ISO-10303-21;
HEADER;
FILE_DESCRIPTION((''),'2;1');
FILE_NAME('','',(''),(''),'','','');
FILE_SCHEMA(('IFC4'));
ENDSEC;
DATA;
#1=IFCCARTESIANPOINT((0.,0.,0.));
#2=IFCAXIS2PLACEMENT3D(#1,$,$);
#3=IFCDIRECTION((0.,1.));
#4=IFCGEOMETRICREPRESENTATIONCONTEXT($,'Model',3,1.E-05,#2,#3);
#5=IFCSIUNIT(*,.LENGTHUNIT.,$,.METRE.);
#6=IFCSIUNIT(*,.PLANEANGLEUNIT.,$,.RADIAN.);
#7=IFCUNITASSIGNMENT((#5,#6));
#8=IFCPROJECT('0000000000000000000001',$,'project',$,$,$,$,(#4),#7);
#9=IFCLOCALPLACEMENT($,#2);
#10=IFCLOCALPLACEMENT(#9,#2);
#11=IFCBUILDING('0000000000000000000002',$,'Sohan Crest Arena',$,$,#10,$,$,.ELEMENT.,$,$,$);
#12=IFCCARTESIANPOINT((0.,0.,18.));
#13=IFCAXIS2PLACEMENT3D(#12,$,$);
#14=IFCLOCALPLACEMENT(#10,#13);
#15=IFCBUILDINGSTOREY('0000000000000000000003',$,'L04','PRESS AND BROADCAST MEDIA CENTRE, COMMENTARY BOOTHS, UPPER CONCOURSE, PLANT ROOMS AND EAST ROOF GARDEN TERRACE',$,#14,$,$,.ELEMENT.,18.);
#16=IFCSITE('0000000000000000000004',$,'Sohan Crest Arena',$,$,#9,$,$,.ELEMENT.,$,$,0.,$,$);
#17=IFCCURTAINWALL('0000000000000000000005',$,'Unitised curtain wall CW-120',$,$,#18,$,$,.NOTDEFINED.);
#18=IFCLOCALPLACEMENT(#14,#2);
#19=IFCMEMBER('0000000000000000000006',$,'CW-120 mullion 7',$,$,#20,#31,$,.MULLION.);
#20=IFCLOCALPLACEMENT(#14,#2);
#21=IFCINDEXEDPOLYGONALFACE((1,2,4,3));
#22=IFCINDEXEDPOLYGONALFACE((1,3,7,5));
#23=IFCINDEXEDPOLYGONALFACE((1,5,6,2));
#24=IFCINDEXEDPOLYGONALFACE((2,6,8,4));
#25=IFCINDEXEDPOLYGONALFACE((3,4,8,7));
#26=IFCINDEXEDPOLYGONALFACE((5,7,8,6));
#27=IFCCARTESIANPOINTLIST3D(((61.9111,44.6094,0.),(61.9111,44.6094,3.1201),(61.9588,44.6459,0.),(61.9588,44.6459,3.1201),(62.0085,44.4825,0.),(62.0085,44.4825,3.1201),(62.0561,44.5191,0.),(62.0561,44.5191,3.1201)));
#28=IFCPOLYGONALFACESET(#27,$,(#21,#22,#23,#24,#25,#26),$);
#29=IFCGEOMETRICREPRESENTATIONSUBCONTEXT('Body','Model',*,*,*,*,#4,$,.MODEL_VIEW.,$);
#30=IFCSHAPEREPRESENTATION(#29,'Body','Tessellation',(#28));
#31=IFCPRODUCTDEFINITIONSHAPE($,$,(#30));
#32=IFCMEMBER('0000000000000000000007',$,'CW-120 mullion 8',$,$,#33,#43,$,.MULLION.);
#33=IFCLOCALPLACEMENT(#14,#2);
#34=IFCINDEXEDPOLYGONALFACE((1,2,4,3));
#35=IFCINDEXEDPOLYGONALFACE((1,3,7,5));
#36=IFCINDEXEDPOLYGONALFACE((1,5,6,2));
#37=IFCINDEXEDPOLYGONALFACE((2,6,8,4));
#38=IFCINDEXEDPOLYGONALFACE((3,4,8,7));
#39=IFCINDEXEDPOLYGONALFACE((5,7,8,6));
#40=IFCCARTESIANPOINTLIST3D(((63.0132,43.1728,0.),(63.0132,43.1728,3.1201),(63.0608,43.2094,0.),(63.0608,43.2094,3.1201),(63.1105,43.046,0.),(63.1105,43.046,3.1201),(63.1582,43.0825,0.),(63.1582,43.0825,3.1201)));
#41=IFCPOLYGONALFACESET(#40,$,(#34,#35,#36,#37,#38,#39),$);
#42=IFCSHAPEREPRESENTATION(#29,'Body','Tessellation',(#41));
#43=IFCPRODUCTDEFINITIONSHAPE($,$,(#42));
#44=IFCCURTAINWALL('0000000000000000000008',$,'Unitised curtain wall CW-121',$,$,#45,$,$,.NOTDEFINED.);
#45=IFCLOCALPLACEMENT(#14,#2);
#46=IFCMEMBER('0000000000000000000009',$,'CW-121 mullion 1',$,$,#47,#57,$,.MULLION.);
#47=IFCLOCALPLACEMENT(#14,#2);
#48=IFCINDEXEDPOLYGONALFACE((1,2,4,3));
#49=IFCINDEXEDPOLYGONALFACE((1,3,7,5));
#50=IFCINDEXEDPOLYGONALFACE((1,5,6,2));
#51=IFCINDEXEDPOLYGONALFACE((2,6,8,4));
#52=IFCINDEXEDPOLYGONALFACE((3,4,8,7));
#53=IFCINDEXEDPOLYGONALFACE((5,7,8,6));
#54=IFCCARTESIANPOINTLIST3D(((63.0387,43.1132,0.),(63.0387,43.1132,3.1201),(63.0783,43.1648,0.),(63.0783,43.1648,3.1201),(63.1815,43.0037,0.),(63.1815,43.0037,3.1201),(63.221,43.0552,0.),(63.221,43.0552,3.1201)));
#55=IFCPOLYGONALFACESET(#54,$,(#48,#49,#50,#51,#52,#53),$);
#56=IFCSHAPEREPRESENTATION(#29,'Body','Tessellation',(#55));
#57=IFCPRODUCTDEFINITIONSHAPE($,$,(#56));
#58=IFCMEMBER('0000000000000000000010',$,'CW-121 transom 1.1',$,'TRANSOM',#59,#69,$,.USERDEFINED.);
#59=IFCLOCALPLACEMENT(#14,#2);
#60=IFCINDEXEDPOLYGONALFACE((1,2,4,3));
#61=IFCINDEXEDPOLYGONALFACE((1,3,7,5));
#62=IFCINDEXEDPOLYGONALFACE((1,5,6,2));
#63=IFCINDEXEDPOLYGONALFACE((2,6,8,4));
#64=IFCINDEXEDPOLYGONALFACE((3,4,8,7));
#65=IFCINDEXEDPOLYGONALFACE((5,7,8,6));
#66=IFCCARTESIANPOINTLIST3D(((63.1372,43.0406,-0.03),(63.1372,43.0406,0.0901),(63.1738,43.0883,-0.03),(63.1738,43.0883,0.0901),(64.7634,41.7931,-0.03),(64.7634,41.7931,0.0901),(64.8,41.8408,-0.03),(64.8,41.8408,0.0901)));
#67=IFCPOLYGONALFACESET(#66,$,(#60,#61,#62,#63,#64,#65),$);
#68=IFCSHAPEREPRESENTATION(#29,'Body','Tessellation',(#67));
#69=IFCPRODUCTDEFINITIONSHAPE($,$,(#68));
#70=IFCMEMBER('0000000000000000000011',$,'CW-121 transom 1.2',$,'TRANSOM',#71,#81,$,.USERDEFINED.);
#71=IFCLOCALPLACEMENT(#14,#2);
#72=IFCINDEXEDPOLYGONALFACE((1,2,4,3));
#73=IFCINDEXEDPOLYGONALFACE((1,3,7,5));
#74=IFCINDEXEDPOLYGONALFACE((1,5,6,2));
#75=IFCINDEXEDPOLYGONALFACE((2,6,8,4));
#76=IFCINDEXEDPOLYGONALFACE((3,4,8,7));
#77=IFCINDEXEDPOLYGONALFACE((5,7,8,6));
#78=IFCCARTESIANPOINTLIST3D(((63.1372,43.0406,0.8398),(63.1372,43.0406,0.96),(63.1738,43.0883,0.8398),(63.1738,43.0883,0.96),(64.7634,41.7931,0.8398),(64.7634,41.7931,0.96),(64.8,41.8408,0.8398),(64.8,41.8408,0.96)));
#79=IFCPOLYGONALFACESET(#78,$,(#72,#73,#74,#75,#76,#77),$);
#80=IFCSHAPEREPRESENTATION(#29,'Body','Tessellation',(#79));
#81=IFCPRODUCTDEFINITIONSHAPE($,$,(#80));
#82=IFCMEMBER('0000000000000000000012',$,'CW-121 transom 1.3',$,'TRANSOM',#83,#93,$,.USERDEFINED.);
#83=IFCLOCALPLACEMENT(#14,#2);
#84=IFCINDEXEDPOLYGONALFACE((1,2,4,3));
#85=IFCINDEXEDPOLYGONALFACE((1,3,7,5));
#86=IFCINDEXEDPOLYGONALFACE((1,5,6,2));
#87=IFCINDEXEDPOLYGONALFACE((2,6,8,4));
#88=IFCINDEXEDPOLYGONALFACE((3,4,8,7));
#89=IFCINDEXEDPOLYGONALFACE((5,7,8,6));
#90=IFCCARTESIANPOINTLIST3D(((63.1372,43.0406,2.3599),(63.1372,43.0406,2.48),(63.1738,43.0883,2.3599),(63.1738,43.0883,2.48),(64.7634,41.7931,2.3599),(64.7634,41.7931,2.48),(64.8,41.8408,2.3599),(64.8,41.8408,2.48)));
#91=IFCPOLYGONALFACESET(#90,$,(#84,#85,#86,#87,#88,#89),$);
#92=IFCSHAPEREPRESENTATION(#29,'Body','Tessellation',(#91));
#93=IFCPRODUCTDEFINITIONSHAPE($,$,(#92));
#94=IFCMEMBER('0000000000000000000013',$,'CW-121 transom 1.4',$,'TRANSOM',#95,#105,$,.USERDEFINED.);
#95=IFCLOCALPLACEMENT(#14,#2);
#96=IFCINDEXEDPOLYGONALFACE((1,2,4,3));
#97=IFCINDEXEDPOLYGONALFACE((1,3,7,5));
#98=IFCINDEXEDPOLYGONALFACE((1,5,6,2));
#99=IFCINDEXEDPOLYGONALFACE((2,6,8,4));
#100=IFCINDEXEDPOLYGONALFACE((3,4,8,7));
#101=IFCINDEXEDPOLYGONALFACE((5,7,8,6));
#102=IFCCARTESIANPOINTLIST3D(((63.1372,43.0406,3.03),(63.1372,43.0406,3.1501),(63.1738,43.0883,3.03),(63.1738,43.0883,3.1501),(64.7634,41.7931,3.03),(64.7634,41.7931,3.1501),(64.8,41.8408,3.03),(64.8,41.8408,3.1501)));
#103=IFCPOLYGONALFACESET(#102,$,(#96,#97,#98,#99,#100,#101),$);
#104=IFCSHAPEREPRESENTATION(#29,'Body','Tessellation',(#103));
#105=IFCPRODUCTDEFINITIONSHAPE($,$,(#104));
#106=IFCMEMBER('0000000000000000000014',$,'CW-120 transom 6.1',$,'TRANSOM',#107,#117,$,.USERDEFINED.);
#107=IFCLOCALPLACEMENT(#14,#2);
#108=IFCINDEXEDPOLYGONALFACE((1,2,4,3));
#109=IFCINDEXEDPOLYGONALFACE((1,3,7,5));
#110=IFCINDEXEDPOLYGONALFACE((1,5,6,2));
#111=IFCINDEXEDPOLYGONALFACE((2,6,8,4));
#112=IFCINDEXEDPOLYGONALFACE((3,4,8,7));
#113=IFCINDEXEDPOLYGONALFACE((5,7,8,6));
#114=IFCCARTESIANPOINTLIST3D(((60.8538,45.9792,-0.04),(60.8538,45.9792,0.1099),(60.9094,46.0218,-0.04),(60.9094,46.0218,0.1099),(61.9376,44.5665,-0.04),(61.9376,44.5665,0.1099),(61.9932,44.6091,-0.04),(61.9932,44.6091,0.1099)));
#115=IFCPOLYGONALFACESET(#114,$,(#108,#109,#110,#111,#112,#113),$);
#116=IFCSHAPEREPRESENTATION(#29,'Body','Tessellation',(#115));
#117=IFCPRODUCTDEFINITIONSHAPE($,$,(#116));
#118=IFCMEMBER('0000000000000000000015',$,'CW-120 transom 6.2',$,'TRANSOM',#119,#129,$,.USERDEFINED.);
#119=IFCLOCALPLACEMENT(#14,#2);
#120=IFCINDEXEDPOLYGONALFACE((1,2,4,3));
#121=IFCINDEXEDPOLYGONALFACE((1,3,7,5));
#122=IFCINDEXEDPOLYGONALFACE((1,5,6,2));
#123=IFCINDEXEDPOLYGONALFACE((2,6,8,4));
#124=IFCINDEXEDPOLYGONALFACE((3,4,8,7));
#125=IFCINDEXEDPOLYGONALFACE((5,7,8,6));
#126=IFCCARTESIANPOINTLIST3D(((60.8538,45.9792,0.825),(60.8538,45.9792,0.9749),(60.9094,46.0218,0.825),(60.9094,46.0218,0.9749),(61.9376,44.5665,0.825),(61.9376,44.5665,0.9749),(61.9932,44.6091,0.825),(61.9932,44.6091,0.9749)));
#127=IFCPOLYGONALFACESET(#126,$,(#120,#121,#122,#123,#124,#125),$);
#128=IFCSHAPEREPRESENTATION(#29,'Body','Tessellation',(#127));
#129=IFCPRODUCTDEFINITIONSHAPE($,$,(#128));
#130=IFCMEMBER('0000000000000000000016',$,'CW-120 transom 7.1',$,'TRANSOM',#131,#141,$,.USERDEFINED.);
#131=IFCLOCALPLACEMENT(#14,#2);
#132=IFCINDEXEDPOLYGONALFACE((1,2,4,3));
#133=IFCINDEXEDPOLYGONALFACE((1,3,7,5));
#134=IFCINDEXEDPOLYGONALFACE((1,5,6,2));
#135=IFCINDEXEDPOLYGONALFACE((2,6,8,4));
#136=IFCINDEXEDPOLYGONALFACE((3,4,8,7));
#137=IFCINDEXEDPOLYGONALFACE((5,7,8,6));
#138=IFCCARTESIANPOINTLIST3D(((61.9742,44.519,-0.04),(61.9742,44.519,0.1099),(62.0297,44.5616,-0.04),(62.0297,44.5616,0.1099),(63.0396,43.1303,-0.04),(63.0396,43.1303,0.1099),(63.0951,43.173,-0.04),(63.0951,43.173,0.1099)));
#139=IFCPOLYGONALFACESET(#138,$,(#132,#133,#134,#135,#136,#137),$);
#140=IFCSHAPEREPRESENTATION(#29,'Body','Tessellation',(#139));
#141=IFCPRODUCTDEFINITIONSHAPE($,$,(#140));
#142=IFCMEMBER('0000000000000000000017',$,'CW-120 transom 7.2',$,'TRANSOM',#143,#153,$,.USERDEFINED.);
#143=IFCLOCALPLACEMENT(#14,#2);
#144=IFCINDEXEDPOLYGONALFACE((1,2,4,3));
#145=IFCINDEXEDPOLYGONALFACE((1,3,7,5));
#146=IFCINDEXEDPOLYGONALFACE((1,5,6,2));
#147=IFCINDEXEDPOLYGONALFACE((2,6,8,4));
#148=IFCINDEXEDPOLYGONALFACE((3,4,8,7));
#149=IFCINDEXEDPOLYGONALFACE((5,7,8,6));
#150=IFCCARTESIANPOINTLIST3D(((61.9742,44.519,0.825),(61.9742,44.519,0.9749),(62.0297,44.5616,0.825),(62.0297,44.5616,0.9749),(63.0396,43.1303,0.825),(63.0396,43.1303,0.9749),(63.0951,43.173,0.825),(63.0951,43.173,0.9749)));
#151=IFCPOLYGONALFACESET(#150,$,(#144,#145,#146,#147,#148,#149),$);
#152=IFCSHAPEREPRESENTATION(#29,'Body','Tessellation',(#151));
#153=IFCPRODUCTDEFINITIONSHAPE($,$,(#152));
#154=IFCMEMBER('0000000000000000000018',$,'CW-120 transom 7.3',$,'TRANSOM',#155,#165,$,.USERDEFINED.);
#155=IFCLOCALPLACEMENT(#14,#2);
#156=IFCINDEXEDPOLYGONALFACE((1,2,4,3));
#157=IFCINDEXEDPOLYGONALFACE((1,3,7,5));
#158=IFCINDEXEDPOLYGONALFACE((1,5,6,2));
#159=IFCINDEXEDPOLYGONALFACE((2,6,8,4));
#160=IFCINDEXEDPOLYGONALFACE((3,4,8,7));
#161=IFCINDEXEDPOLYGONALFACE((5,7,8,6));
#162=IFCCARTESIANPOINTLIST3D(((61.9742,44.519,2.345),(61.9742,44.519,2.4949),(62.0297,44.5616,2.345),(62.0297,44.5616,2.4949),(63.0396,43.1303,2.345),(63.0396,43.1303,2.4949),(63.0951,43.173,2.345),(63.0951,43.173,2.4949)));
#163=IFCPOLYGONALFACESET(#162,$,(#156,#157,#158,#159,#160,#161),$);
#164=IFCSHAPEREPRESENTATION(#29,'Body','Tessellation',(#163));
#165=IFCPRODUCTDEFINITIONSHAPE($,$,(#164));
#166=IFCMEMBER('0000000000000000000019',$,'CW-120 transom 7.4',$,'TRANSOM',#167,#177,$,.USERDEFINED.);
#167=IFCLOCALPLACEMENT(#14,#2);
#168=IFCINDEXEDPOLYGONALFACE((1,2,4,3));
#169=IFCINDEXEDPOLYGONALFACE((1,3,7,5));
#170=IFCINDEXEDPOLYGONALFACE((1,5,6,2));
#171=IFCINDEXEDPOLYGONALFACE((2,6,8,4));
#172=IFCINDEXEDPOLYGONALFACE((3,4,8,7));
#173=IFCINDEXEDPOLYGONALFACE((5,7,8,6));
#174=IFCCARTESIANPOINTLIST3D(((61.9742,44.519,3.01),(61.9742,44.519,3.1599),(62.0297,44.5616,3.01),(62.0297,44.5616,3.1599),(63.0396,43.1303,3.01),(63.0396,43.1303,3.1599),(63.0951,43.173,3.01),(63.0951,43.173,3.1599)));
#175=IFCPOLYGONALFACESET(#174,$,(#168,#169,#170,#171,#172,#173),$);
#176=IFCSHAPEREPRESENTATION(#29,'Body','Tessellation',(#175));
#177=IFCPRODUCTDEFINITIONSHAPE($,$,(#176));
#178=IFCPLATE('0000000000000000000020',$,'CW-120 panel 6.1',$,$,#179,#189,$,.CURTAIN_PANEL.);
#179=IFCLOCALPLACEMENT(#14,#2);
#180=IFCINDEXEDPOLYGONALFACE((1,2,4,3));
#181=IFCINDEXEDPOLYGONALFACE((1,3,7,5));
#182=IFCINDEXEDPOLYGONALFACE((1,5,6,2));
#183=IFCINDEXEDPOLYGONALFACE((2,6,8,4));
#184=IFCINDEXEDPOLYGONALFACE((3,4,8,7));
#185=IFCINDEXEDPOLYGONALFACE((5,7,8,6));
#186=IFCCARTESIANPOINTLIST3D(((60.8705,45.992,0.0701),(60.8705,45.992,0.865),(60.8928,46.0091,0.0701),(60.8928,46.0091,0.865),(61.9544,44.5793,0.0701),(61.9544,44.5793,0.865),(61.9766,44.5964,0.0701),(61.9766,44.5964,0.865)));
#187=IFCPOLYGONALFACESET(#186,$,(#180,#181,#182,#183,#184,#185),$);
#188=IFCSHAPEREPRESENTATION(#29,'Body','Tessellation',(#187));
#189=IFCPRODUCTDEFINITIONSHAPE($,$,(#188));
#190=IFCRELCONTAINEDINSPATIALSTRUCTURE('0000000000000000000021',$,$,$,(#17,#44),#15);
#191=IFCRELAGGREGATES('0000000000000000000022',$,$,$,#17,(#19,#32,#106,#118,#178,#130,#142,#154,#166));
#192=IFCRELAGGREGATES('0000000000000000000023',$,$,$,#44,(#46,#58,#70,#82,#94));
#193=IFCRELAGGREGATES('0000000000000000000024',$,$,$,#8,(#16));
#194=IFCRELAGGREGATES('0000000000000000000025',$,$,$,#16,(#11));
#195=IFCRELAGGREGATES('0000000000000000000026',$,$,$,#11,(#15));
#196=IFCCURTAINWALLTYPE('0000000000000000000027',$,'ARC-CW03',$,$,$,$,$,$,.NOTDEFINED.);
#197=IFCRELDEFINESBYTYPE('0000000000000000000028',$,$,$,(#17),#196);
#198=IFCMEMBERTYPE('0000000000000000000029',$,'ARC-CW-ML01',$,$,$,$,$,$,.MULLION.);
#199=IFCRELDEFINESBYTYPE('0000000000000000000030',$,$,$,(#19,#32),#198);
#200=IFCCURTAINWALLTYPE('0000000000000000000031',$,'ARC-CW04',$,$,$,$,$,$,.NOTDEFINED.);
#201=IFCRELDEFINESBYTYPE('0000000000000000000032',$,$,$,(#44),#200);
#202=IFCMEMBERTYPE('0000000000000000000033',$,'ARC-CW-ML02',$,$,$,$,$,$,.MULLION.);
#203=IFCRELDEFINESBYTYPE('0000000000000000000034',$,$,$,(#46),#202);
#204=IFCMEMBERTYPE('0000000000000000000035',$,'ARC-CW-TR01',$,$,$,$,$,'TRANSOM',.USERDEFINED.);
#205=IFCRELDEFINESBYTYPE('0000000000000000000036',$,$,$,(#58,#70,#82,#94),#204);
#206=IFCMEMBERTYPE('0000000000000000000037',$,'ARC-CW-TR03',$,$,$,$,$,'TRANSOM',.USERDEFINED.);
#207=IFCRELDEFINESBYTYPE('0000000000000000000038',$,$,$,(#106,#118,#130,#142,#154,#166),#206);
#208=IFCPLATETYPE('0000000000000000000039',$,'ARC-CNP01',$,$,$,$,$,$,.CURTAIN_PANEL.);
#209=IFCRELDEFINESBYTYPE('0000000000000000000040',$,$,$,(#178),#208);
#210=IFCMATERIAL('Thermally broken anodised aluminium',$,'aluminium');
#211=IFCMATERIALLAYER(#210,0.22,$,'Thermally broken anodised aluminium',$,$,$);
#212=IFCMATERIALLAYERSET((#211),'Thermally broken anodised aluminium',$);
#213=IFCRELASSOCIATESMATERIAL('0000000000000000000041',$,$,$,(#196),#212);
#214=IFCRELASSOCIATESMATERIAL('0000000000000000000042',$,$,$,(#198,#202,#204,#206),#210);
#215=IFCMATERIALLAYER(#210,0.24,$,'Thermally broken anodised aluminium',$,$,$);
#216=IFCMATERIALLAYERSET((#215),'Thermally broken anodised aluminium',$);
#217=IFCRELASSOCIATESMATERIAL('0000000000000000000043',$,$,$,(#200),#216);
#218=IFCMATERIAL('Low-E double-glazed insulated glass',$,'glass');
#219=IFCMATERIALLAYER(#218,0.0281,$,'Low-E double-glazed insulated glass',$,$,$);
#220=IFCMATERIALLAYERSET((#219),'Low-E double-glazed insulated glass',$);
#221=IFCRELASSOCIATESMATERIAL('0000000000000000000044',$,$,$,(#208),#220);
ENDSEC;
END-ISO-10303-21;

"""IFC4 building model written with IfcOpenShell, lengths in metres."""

from ifc_helpers import new_model, si_unit, direction, frame, origin, origin_2d, place, context, subcontext, project, spatial, rectangle, extrude, material, layer, layer_set, material_profile, profile_set, type_object, element, aggregate, save


model = new_model("IFC4")

# Units and contexts
model_context = context("Model", 3, precision=1e-05, world=origin(), true_north=direction((0.0, 1.0)))
body_context = subcontext(model_context, "Body", "Model", "MODEL_VIEW")
ifc_project = project(units=[si_unit("LENGTHUNIT", "METRE"), si_unit("PLANEANGLEUNIT", "RADIAN")], contexts=[model_context])

# Site, building, storey
site_placement = place(None, origin())
site = spatial("IfcSite", under=ifc_project, at=site_placement, Name="Sohan Crest Arena", CompositionType="ELEMENT", RefElevation=0.0)
building_placement = place(site_placement, origin())
building = spatial("IfcBuilding", under=site, at=building_placement, Name="Sohan Crest Arena", CompositionType="ELEMENT")
storey_placement = place(building_placement, frame((0.0, 0.0, 18.0)))
storey = spatial("IfcBuildingStorey", under=building, at=storey_placement, Name="L04", Description="PRESS AND BROADCAST MEDIA CENTRE, COMMENTARY BOOTHS, UPPER CONCOURSE, PLANT ROOMS AND EAST ROOF GARDEN TERRACE", CompositionType="ELEMENT", Elevation=18.0)

# Curtain walls, members
ifc_material_1 = material(Name="Thermally broken anodised aluminium", Category="aluminium")
ifc_layer_1 = layer(ifc_material_1, 0.22, Name="Thermally broken anodised aluminium")
ifc_layer_set_1 = layer_set([ifc_layer_1], Name="Thermally broken anodised aluminium")
curtain_wall_type_1 = type_object("IfcCurtainWallType", Name="ARC-CW03", PredefinedType="NOTDEFINED", material=ifc_layer_set_1)
curtain_wall_1_placement = place(storey_placement, origin())
curtain_wall_1 = element("IfcCurtainWall", 1, at=curtain_wall_1_placement, inside=storey, type_object=curtain_wall_type_1, Name="Unitised curtain wall CW-120", PredefinedType="NOTDEFINED")
ifc_material_profile_1 = material_profile(ifc_material_1, rectangle(XDim=0.0601, YDim=0.1599, at=origin_2d()), Name="ALU-MULL 60x160")
ifc_profile_set_1 = profile_set([ifc_material_profile_1], Name="Thermally broken anodised aluminium")
member_type_1 = type_object("IfcMemberType", Name="ARC-CW-ML01", PredefinedType="MULLION", material=ifc_profile_set_1)
member_1_placement = place(storey_placement, frame((61.9836, 44.5642, 0.0), z_axis=(0.0, 0.0, 1.0), x_axis=(0.793385, 0.60872, 0.0)))
member_1 = element("IfcMember", 2, at=member_1_placement, type_object=member_type_1, Name="CW-120 mullion 7", PredefinedType="MULLION", context=body_context, shape_type="SweptSolid", body=[
    extrude(rectangle(XDim=0.0601, YDim=0.1599, at=origin_2d()), origin(), (0.0, 0.0, 1.0), 3.1201),
])
member_2_placement = place(storey_placement, frame((63.0857, 43.1277, 0.0), z_axis=(0.0, 0.0, 1.0), x_axis=(0.793385, 0.60872, 0.0)))
member_2 = element("IfcMember", 3, at=member_2_placement, type_object=member_type_1, Name="CW-120 mullion 8", PredefinedType="MULLION", context=body_context, shape_type="SweptSolid", body=[
    extrude(rectangle(XDim=0.0601, YDim=0.1599, at=origin_2d()), origin(), (0.0, 0.0, 1.0), 3.1201),
])
ifc_layer_2 = layer(ifc_material_1, 0.24, Name="Thermally broken anodised aluminium")
ifc_layer_set_2 = layer_set([ifc_layer_2], Name="Thermally broken anodised aluminium")
curtain_wall_type_2 = type_object("IfcCurtainWallType", Name="ARC-CW04", PredefinedType="NOTDEFINED", material=ifc_layer_set_2)
curtain_wall_2_placement = place(storey_placement, origin())
curtain_wall_2 = element("IfcCurtainWall", 4, at=curtain_wall_2_placement, inside=storey, type_object=curtain_wall_type_2, Name="Unitised curtain wall CW-121", PredefinedType="NOTDEFINED")
ifc_material_profile_2 = material_profile(ifc_material_1, rectangle(XDim=0.0649, YDim=0.1799, at=origin_2d()), Name="ALU-MULL 65x180")
ifc_profile_set_2 = profile_set([ifc_material_profile_2], Name="Thermally broken anodised aluminium")
member_type_2 = type_object("IfcMemberType", Name="ARC-CW-ML02", PredefinedType="MULLION", material=ifc_profile_set_2)
member_3_placement = place(storey_placement, frame((63.1299, 43.0842, 0.0), z_axis=(0.0, 0.0, 1.0), x_axis=(0.60872, 0.793385, 0.0)))
member_3 = element("IfcMember", 5, at=member_3_placement, type_object=member_type_2, Name="CW-121 mullion 1", PredefinedType="MULLION", context=body_context, shape_type="SweptSolid", body=[
    extrude(rectangle(XDim=0.0649, YDim=0.1799, at=origin_2d()), origin(), (0.0, 0.0, 1.0), 3.1201),
])
ifc_material_profile_3 = material_profile(ifc_material_1, rectangle(XDim=0.0601, YDim=0.1201, at=origin_2d()), Name="ALU-TRAN 60x120")
ifc_profile_set_3 = profile_set([ifc_material_profile_3], Name="Thermally broken anodised aluminium")
member_type_3 = type_object("IfcMemberType", Name="ARC-CW-TR01", ElementType="TRANSOM", PredefinedType="USERDEFINED", material=ifc_profile_set_3)
member_4_placement = place(storey_placement, frame((63.1555, 43.0645, 0.03), z_axis=(0.79342, -0.608674, 0.0), x_axis=(0.608674, 0.79342, 0.0)))
member_4 = element("IfcMember", 6, at=member_4_placement, type_object=member_type_3, Name="CW-121 transom 1.1", ObjectType="TRANSOM", PredefinedType="USERDEFINED", context=body_context, shape_type="SweptSolid", body=[
    extrude(rectangle(XDim=0.0601, YDim=0.1201, at=origin_2d()), origin(), (0.0, 0.0, 1.0), 2.0496),
])
member_5_placement = place(storey_placement, frame((63.1555, 43.0645, 0.8999), z_axis=(0.79342, -0.608674, 0.0), x_axis=(0.608674, 0.79342, 0.0)))
member_5 = element("IfcMember", 7, at=member_5_placement, type_object=member_type_3, Name="CW-121 transom 1.2", ObjectType="TRANSOM", PredefinedType="USERDEFINED", context=body_context, shape_type="SweptSolid", body=[
    extrude(rectangle(XDim=0.0601, YDim=0.1201, at=origin_2d()), origin(), (0.0, 0.0, 1.0), 2.0496),
])
member_6_placement = place(storey_placement, frame((63.1555, 43.0645, 2.4199), z_axis=(0.79342, -0.608674, 0.0), x_axis=(0.608674, 0.79342, 0.0)))
member_6 = element("IfcMember", 8, at=member_6_placement, type_object=member_type_3, Name="CW-121 transom 1.3", ObjectType="TRANSOM", PredefinedType="USERDEFINED", context=body_context, shape_type="SweptSolid", body=[
    extrude(rectangle(XDim=0.0601, YDim=0.1201, at=origin_2d()), origin(), (0.0, 0.0, 1.0), 2.0496),
])
member_7_placement = place(storey_placement, frame((63.1555, 43.0645, 3.0901), z_axis=(0.79342, -0.608674, 0.0), x_axis=(0.608674, 0.79342, 0.0)))
member_7 = element("IfcMember", 9, at=member_7_placement, type_object=member_type_3, Name="CW-121 transom 1.4", ObjectType="TRANSOM", PredefinedType="USERDEFINED", context=body_context, shape_type="SweptSolid", body=[
    extrude(rectangle(XDim=0.0601, YDim=0.1201, at=origin_2d()), origin(), (0.0, 0.0, 1.0), 2.0496),
])

# Members
ifc_material_profile_4 = material_profile(ifc_material_1, rectangle(XDim=0.0701, YDim=0.1499, at=origin_2d()), Name="ALU-TRAN 70x150")
ifc_profile_set_4 = profile_set([ifc_material_profile_4], Name="Thermally broken anodised aluminium")
member_type_4 = type_object("IfcMemberType", Name="ARC-CW-TR03", ElementType="TRANSOM", PredefinedType="USERDEFINED", material=ifc_profile_set_4)
member_8_placement = place(storey_placement, frame((60.8816, 46.0005, 0.0349), z_axis=(0.608696, -0.793403, 0.0), x_axis=(0.793403, 0.608696, 0.0)))
member_8 = element("IfcMember", 10, at=member_8_placement, type_object=member_type_4, Name="CW-120 transom 6.1", ObjectType="TRANSOM", PredefinedType="USERDEFINED", context=body_context, shape_type="SweptSolid", body=[
    extrude(rectangle(XDim=0.0701, YDim=0.1499, at=origin_2d()), origin(), (0.0, 0.0, 1.0), 1.7805),
])
member_9_placement = place(storey_placement, frame((60.8816, 46.0005, 0.8999), z_axis=(0.608696, -0.793403, 0.0), x_axis=(0.793403, 0.608696, 0.0)))
member_9 = element("IfcMember", 11, at=member_9_placement, type_object=member_type_4, Name="CW-120 transom 6.2", ObjectType="TRANSOM", PredefinedType="USERDEFINED", context=body_context, shape_type="SweptSolid", body=[
    extrude(rectangle(XDim=0.0701, YDim=0.1499, at=origin_2d()), origin(), (0.0, 0.0, 1.0), 1.7805),
])
member_10_placement = place(storey_placement, frame((62.002, 44.5403, 0.0349), z_axis=(0.608713, -0.793391, 0.0), x_axis=(0.793391, 0.608713, 0.0)))
member_10 = element("IfcMember", 12, at=member_10_placement, type_object=member_type_4, Name="CW-120 transom 7.1", ObjectType="TRANSOM", PredefinedType="USERDEFINED", context=body_context, shape_type="SweptSolid", body=[
    extrude(rectangle(XDim=0.0701, YDim=0.1499, at=origin_2d()), origin(), (0.0, 0.0, 1.0), 1.7502),
])
member_11_placement = place(storey_placement, frame((62.002, 44.5403, 0.8999), z_axis=(0.608713, -0.793391, 0.0), x_axis=(0.793391, 0.608713, 0.0)))
member_11 = element("IfcMember", 13, at=member_11_placement, type_object=member_type_4, Name="CW-120 transom 7.2", ObjectType="TRANSOM", PredefinedType="USERDEFINED", context=body_context, shape_type="SweptSolid", body=[
    extrude(rectangle(XDim=0.0701, YDim=0.1499, at=origin_2d()), origin(), (0.0, 0.0, 1.0), 1.7502),
])
member_12_placement = place(storey_placement, frame((62.002, 44.5403, 2.4199), z_axis=(0.608713, -0.793391, 0.0), x_axis=(0.793391, 0.608713, 0.0)))
member_12 = element("IfcMember", 14, at=member_12_placement, type_object=member_type_4, Name="CW-120 transom 7.3", ObjectType="TRANSOM", PredefinedType="USERDEFINED", context=body_context, shape_type="SweptSolid", body=[
    extrude(rectangle(XDim=0.0701, YDim=0.1499, at=origin_2d()), origin(), (0.0, 0.0, 1.0), 1.7502),
])
member_13_placement = place(storey_placement, frame((62.002, 44.5403, 3.085), z_axis=(0.608713, -0.793391, 0.0), x_axis=(0.793391, 0.608713, 0.0)))
member_13 = element("IfcMember", 15, at=member_13_placement, type_object=member_type_4, Name="CW-120 transom 7.4", ObjectType="TRANSOM", PredefinedType="USERDEFINED", context=body_context, shape_type="SweptSolid", body=[
    extrude(rectangle(XDim=0.0701, YDim=0.1499, at=origin_2d()), origin(), (0.0, 0.0, 1.0), 1.7502),
])

# Plate
ifc_material_2 = material(Name="Low-E double-glazed insulated glass", Category="glass")
ifc_layer_3 = layer(ifc_material_2, 0.0281, Name="Low-E double-glazed insulated glass")
ifc_layer_set_3 = layer_set([ifc_layer_3], Name="Low-E double-glazed insulated glass")
plate_type_1 = type_object("IfcPlateType", Name="ARC-CNP01", PredefinedType="CURTAIN_PANEL", material=ifc_layer_set_3)
plate_1_placement = place(storey_placement, frame((61.4236, 45.2942, 0.0701), z_axis=(0.0, 0.0, 1.0), x_axis=(0.60872, -0.793385, 0.0)))
plate_1 = element("IfcPlate", 16, at=plate_1_placement, type_object=plate_type_1, Name="CW-120 panel 6.1", PredefinedType="CURTAIN_PANEL", context=body_context, shape_type="SweptSolid", body=[
    extrude(rectangle(XDim=1.7805, YDim=0.0281, at=origin_2d()), origin(), (0.0, 0.0, 1.0), 0.7949),
])
aggregate(curtain_wall_1, [member_1, member_2, member_8, member_9, plate_1, member_10, member_11, member_12, member_13])
aggregate(curtain_wall_2, [member_3, member_4, member_5, member_6, member_7])

save(model, "model.ifc")
